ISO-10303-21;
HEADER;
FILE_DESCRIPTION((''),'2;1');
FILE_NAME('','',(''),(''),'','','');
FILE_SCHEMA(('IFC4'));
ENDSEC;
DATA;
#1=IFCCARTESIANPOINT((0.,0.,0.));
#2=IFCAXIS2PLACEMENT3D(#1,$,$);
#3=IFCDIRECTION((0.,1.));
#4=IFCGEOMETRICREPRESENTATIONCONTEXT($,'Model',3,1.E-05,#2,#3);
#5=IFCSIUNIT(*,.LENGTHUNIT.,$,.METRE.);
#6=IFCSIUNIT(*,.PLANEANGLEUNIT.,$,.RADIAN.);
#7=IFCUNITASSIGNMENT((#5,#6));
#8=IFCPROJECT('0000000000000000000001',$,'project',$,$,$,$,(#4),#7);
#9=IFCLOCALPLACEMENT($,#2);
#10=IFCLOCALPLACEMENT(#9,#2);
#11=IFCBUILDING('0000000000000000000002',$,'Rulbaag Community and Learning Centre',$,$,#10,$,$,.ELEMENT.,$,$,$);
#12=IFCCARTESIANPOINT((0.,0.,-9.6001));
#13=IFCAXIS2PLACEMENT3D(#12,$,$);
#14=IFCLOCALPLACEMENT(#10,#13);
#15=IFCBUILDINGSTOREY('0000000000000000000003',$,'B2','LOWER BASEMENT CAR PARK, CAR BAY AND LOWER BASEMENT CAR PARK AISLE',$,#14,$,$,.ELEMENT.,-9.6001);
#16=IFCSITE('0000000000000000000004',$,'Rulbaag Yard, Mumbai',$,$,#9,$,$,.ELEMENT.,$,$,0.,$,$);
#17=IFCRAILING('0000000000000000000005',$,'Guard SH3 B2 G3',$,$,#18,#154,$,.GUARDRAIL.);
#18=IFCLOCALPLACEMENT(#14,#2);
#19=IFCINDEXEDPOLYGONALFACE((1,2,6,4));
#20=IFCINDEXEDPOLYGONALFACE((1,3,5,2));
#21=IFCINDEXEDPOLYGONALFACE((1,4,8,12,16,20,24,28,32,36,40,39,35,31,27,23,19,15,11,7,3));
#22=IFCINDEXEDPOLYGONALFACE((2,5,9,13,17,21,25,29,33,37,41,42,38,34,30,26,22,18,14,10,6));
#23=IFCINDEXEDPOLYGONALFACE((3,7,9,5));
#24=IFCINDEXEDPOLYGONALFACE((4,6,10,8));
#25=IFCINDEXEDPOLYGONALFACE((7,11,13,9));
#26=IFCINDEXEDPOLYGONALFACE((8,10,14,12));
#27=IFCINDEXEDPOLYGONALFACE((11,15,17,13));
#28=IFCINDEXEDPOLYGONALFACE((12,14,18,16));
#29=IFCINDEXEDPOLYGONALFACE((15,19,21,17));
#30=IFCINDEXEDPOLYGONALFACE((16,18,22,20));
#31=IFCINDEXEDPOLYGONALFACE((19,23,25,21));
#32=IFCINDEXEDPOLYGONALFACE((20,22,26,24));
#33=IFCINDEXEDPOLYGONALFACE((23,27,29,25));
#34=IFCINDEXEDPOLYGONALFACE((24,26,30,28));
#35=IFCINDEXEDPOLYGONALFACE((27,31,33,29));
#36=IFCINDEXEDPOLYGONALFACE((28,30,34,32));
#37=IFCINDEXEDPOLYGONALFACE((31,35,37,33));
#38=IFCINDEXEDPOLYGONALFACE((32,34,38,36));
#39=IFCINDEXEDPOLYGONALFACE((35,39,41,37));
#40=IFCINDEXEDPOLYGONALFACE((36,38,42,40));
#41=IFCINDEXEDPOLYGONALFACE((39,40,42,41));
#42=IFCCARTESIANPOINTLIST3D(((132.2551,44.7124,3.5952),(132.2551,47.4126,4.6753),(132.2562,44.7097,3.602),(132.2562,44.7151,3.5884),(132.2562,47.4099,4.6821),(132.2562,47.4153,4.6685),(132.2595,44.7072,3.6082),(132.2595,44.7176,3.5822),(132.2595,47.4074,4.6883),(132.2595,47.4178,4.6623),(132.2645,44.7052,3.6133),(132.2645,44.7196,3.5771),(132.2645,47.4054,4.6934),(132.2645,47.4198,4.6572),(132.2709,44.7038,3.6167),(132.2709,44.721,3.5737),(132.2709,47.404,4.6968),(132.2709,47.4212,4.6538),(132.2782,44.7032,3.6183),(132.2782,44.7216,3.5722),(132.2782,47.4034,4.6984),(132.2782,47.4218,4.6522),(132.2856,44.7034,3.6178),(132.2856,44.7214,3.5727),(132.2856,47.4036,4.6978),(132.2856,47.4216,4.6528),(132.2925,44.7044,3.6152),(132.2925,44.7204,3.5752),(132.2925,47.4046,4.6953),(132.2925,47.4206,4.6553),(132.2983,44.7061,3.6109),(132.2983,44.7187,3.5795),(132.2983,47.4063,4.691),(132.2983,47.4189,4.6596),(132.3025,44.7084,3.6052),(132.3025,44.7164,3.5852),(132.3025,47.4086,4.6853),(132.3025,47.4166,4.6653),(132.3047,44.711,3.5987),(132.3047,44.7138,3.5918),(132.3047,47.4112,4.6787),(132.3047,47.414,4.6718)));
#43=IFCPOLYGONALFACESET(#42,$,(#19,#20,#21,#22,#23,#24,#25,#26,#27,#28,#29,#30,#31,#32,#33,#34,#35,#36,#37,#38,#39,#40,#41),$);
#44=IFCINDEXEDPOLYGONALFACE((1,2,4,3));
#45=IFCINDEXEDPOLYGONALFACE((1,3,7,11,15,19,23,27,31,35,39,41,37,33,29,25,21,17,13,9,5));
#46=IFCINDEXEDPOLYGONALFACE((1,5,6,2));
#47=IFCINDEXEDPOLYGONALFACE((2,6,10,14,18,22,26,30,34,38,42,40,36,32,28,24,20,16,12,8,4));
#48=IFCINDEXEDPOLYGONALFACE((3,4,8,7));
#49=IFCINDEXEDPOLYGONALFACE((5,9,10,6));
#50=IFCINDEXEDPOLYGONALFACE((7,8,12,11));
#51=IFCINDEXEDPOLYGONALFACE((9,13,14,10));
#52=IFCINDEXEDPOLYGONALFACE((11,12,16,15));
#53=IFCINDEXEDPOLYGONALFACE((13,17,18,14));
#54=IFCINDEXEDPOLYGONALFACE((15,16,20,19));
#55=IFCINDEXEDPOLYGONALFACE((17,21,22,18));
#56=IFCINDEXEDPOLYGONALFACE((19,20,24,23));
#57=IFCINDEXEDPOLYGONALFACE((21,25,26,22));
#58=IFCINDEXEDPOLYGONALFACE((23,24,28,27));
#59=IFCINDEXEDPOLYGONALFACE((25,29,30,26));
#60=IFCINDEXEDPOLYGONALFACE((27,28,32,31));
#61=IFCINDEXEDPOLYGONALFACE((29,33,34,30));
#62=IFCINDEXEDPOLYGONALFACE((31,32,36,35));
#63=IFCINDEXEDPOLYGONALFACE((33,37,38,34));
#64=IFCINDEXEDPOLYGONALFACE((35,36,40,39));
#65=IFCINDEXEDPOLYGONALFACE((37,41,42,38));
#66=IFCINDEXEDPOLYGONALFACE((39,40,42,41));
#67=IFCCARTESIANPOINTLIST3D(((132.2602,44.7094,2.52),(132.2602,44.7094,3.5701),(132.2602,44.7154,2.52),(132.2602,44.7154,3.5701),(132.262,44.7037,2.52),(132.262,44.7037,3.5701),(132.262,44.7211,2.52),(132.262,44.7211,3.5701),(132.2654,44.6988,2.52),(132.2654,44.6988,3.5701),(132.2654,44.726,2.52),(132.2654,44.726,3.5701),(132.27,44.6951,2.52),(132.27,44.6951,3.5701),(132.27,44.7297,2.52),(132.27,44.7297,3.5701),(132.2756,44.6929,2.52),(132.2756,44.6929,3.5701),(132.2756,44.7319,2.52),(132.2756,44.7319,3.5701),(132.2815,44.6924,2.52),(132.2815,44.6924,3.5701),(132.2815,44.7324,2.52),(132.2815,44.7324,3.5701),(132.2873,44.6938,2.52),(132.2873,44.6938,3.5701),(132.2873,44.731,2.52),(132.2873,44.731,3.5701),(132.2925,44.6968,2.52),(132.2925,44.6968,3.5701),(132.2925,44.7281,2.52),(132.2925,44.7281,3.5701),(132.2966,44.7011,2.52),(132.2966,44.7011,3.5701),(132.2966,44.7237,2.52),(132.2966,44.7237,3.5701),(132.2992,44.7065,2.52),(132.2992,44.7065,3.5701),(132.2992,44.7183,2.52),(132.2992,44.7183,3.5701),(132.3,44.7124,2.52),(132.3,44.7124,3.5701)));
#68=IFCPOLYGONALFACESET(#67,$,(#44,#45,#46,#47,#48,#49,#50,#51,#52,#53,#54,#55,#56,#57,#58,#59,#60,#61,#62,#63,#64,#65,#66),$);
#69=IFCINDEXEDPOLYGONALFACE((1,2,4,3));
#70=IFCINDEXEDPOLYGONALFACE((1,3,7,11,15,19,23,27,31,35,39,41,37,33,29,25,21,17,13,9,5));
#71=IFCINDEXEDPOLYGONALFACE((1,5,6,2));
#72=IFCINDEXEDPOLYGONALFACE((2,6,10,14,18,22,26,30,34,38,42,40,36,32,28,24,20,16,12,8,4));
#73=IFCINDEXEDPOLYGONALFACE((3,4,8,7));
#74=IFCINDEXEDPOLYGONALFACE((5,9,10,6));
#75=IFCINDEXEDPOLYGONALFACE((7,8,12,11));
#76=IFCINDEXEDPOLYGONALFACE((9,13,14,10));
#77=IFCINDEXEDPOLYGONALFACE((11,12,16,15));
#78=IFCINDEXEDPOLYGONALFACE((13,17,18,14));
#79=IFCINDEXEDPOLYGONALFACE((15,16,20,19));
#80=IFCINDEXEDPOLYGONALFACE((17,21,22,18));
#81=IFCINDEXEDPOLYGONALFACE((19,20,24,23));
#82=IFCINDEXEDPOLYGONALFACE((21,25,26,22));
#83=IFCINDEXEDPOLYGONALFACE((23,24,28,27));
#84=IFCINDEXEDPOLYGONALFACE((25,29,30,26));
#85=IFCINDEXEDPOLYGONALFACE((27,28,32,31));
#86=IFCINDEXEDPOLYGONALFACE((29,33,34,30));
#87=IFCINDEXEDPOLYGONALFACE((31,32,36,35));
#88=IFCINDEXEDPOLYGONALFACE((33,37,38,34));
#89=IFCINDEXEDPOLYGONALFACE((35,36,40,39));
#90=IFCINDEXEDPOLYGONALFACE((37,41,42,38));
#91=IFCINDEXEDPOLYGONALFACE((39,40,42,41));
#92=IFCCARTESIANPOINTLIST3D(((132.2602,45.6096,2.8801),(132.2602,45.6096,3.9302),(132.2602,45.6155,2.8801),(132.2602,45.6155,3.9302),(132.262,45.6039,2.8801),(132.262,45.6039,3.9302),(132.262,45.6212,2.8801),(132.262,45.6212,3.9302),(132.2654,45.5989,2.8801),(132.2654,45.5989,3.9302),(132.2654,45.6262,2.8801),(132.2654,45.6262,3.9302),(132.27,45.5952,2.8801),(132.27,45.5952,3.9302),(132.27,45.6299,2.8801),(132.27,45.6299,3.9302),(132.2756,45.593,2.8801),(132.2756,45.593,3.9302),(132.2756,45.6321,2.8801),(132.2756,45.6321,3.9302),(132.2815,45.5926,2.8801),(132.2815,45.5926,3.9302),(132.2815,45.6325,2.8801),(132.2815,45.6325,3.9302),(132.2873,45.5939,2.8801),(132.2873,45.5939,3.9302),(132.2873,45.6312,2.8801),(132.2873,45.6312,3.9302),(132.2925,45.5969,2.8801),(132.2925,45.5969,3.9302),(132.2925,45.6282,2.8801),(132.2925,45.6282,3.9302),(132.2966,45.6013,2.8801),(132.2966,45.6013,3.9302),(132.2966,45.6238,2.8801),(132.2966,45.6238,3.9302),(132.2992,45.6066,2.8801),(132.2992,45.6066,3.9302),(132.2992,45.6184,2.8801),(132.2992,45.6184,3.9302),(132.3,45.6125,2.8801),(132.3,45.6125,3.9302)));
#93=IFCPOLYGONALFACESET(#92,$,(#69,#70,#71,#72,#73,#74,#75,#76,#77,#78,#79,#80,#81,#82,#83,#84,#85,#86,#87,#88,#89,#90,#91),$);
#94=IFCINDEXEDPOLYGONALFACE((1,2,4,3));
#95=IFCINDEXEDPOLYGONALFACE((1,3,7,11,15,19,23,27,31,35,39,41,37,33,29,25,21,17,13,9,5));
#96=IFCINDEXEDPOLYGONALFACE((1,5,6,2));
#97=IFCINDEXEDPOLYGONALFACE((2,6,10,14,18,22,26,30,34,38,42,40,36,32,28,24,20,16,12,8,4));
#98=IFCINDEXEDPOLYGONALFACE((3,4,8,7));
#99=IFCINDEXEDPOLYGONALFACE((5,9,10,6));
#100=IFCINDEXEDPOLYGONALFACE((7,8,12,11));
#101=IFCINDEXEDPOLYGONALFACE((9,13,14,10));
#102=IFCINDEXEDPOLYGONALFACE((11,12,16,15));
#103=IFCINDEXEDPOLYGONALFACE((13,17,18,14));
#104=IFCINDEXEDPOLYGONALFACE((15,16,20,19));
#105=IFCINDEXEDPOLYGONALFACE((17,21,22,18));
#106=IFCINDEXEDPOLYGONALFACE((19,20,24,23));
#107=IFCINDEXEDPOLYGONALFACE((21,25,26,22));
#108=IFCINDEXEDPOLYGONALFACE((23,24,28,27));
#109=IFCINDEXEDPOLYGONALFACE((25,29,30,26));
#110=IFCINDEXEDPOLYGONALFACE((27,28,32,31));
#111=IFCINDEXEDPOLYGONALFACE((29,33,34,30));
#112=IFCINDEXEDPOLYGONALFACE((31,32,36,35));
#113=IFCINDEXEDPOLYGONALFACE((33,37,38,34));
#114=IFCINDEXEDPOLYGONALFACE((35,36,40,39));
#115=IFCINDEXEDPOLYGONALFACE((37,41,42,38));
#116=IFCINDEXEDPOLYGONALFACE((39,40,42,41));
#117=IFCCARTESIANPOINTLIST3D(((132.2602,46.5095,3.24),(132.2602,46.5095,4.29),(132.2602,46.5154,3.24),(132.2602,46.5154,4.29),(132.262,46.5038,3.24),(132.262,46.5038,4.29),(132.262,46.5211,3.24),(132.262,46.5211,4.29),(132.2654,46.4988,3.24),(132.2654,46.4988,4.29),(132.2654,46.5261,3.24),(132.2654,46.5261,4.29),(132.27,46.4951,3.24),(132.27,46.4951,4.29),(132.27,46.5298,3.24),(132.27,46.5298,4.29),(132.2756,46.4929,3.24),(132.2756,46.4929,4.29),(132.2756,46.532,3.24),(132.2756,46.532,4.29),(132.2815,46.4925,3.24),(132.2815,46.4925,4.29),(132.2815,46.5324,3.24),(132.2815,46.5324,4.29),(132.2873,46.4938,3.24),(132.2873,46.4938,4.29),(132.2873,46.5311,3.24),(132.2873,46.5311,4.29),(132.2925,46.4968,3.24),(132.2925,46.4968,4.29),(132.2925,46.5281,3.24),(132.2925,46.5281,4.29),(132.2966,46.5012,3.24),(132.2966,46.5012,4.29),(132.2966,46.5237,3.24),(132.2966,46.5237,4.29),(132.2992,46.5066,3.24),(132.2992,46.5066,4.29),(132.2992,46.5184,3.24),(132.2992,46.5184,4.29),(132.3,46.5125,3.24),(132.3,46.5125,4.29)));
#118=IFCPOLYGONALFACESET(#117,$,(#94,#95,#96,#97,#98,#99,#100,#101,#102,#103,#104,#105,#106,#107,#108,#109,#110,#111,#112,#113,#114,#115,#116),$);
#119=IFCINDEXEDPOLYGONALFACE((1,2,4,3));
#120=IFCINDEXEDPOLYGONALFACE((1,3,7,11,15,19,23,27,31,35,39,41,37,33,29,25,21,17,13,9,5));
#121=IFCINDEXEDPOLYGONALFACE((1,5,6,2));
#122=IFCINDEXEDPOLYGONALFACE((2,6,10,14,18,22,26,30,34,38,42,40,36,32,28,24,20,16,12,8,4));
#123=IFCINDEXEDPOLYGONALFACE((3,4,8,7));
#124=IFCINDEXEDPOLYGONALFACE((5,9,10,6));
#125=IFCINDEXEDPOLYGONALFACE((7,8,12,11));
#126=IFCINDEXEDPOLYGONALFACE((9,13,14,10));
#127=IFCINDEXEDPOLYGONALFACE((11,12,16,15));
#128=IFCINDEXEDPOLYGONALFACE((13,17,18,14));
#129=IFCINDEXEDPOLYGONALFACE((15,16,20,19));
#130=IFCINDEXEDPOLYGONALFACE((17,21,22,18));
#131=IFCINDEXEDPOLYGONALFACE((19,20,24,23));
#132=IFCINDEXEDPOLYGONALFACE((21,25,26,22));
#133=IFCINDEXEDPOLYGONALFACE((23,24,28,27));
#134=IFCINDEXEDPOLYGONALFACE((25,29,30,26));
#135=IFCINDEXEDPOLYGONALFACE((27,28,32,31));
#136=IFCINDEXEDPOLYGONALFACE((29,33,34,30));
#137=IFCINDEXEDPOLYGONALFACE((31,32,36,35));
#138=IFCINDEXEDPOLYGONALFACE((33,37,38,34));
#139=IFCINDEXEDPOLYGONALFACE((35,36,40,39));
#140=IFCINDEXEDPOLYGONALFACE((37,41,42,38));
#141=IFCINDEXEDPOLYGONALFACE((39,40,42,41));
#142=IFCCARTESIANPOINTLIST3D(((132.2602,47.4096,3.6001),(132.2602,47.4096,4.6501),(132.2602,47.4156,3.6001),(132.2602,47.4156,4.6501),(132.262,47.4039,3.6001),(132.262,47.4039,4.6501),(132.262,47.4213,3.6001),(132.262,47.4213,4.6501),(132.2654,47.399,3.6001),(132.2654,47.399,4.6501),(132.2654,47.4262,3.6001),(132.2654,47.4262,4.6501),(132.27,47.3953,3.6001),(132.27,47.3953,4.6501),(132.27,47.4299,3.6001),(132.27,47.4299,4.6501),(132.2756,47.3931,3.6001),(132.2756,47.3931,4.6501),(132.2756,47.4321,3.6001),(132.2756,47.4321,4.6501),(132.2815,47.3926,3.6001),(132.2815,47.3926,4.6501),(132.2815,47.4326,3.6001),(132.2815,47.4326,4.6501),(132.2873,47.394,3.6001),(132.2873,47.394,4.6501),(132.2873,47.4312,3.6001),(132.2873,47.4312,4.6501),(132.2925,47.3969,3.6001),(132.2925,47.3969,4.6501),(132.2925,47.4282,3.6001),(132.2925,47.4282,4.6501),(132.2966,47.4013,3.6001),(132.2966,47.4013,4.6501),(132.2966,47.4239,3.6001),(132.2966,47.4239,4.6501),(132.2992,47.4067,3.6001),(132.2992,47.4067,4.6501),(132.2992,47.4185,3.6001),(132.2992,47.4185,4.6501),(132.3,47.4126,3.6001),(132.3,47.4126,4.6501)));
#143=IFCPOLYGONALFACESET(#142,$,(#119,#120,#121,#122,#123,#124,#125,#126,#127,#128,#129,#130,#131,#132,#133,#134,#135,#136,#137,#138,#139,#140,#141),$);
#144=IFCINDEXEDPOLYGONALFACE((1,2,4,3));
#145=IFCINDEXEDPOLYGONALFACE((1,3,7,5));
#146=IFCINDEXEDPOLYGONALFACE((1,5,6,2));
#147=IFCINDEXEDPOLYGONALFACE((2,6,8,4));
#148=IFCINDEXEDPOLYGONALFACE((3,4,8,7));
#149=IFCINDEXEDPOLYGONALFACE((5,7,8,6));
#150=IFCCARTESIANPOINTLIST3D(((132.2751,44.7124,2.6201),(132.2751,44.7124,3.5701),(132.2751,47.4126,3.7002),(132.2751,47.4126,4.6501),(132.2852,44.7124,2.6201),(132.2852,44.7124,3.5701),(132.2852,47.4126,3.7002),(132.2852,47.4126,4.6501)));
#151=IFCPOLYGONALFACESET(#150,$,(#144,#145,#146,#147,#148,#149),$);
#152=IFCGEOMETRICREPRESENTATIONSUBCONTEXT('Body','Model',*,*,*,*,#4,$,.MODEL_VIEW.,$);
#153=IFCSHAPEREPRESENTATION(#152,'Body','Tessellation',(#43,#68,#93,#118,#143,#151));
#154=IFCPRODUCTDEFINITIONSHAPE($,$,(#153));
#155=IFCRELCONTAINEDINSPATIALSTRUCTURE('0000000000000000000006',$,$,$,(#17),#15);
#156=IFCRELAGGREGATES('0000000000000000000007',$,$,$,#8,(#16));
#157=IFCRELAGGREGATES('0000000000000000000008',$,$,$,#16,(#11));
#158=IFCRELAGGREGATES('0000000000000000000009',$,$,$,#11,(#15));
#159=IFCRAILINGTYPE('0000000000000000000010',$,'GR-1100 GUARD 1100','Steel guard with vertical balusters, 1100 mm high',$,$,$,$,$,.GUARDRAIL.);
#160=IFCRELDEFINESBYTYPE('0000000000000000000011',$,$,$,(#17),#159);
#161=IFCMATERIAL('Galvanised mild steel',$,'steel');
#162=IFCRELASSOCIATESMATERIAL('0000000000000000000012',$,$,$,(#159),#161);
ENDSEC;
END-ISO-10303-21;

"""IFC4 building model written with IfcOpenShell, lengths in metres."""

from ifc_helpers import new_model, si_unit, direction, frame, origin, origin_2d, place, context, subcontext, project, spatial, polyline, circle, outline, extrude, material, type_object, element, save


model = new_model("IFC4")

# Units and contexts
model_context = context("Model", 3, precision=1e-05, world=origin(), true_north=direction((0.0, 1.0)))
body_context = subcontext(model_context, "Body", "Model", "MODEL_VIEW")
ifc_project = project(units=[si_unit("LENGTHUNIT", "METRE"), si_unit("PLANEANGLEUNIT", "RADIAN")], contexts=[model_context])

# Site, building, storey
site_placement = place(None, origin())
site = spatial("IfcSite", under=ifc_project, at=site_placement, Name="Rulbaag Yard, Mumbai", CompositionType="ELEMENT", RefElevation=0.0)
building_placement = place(site_placement, origin())
building = spatial("IfcBuilding", under=site, at=building_placement, Name="Rulbaag Community and Learning Centre", CompositionType="ELEMENT")
storey_placement = place(building_placement, frame((0.0, 0.0, -9.6001)))
storey = spatial("IfcBuildingStorey", under=building, at=storey_placement, Name="B2", Description="LOWER BASEMENT CAR PARK, CAR BAY AND LOWER BASEMENT CAR PARK AISLE", CompositionType="ELEMENT", Elevation=-9.6001)

# Railing
ifc_material_1 = material(Name="Galvanised mild steel", Category="steel")
railing_type_1 = type_object("IfcRailingType", Name="GR-1100 GUARD 1100", Description="Steel guard with vertical balusters, 1100 mm high", PredefinedType="GUARDRAIL", material=ifc_material_1)
railing_1_placement = place(storey_placement, frame((132.28, 44.7124, 2.52)))
element("IfcRailing", 1, at=railing_1_placement, inside=storey, type_object=railing_type_1, Name="Guard SH3 B2 G3", PredefinedType="GUARDRAIL", context=body_context, shape_type="SweptSolid", body=[
    extrude(circle(Radius=0.0249, at=origin_2d()), frame((0.0, 0.0, 1.0752), z_axis=(0.0, 0.928477, 0.371391), x_axis=(-1.0, 0.0, 0.0)), (0.0, 0.0, 1.0), 2.9082),
    extrude(circle(Radius=0.02, at=origin_2d()), origin(), (0.0, 0.0, 1.0), 1.05),
    extrude(circle(Radius=0.02, at=origin_2d()), frame((0.0, 0.9001, 0.3601)), (0.0, 0.0, 1.0), 1.05),
    extrude(circle(Radius=0.02, at=origin_2d()), frame((0.0, 1.8, 0.72)), (0.0, 0.0, 1.0), 1.05),
    extrude(circle(Radius=0.02, at=origin_2d()), frame((0.0, 2.7002, 1.0801)), (0.0, 0.0, 1.0), 1.05),
    extrude(outline(polyline([(0.0, 0.0), (2.7002, 1.0801), (2.7002, 2.03), (0.0, 0.95), (0.0, 0.0)])), frame((-0.0049, 0.0, 0.1001), z_axis=(1.0, 0.0, 0.0), x_axis=(0.0, 1.0, 0.0)), (0.0, 0.0, 1.0), 0.01),
])

save(model, "model.ifc")
